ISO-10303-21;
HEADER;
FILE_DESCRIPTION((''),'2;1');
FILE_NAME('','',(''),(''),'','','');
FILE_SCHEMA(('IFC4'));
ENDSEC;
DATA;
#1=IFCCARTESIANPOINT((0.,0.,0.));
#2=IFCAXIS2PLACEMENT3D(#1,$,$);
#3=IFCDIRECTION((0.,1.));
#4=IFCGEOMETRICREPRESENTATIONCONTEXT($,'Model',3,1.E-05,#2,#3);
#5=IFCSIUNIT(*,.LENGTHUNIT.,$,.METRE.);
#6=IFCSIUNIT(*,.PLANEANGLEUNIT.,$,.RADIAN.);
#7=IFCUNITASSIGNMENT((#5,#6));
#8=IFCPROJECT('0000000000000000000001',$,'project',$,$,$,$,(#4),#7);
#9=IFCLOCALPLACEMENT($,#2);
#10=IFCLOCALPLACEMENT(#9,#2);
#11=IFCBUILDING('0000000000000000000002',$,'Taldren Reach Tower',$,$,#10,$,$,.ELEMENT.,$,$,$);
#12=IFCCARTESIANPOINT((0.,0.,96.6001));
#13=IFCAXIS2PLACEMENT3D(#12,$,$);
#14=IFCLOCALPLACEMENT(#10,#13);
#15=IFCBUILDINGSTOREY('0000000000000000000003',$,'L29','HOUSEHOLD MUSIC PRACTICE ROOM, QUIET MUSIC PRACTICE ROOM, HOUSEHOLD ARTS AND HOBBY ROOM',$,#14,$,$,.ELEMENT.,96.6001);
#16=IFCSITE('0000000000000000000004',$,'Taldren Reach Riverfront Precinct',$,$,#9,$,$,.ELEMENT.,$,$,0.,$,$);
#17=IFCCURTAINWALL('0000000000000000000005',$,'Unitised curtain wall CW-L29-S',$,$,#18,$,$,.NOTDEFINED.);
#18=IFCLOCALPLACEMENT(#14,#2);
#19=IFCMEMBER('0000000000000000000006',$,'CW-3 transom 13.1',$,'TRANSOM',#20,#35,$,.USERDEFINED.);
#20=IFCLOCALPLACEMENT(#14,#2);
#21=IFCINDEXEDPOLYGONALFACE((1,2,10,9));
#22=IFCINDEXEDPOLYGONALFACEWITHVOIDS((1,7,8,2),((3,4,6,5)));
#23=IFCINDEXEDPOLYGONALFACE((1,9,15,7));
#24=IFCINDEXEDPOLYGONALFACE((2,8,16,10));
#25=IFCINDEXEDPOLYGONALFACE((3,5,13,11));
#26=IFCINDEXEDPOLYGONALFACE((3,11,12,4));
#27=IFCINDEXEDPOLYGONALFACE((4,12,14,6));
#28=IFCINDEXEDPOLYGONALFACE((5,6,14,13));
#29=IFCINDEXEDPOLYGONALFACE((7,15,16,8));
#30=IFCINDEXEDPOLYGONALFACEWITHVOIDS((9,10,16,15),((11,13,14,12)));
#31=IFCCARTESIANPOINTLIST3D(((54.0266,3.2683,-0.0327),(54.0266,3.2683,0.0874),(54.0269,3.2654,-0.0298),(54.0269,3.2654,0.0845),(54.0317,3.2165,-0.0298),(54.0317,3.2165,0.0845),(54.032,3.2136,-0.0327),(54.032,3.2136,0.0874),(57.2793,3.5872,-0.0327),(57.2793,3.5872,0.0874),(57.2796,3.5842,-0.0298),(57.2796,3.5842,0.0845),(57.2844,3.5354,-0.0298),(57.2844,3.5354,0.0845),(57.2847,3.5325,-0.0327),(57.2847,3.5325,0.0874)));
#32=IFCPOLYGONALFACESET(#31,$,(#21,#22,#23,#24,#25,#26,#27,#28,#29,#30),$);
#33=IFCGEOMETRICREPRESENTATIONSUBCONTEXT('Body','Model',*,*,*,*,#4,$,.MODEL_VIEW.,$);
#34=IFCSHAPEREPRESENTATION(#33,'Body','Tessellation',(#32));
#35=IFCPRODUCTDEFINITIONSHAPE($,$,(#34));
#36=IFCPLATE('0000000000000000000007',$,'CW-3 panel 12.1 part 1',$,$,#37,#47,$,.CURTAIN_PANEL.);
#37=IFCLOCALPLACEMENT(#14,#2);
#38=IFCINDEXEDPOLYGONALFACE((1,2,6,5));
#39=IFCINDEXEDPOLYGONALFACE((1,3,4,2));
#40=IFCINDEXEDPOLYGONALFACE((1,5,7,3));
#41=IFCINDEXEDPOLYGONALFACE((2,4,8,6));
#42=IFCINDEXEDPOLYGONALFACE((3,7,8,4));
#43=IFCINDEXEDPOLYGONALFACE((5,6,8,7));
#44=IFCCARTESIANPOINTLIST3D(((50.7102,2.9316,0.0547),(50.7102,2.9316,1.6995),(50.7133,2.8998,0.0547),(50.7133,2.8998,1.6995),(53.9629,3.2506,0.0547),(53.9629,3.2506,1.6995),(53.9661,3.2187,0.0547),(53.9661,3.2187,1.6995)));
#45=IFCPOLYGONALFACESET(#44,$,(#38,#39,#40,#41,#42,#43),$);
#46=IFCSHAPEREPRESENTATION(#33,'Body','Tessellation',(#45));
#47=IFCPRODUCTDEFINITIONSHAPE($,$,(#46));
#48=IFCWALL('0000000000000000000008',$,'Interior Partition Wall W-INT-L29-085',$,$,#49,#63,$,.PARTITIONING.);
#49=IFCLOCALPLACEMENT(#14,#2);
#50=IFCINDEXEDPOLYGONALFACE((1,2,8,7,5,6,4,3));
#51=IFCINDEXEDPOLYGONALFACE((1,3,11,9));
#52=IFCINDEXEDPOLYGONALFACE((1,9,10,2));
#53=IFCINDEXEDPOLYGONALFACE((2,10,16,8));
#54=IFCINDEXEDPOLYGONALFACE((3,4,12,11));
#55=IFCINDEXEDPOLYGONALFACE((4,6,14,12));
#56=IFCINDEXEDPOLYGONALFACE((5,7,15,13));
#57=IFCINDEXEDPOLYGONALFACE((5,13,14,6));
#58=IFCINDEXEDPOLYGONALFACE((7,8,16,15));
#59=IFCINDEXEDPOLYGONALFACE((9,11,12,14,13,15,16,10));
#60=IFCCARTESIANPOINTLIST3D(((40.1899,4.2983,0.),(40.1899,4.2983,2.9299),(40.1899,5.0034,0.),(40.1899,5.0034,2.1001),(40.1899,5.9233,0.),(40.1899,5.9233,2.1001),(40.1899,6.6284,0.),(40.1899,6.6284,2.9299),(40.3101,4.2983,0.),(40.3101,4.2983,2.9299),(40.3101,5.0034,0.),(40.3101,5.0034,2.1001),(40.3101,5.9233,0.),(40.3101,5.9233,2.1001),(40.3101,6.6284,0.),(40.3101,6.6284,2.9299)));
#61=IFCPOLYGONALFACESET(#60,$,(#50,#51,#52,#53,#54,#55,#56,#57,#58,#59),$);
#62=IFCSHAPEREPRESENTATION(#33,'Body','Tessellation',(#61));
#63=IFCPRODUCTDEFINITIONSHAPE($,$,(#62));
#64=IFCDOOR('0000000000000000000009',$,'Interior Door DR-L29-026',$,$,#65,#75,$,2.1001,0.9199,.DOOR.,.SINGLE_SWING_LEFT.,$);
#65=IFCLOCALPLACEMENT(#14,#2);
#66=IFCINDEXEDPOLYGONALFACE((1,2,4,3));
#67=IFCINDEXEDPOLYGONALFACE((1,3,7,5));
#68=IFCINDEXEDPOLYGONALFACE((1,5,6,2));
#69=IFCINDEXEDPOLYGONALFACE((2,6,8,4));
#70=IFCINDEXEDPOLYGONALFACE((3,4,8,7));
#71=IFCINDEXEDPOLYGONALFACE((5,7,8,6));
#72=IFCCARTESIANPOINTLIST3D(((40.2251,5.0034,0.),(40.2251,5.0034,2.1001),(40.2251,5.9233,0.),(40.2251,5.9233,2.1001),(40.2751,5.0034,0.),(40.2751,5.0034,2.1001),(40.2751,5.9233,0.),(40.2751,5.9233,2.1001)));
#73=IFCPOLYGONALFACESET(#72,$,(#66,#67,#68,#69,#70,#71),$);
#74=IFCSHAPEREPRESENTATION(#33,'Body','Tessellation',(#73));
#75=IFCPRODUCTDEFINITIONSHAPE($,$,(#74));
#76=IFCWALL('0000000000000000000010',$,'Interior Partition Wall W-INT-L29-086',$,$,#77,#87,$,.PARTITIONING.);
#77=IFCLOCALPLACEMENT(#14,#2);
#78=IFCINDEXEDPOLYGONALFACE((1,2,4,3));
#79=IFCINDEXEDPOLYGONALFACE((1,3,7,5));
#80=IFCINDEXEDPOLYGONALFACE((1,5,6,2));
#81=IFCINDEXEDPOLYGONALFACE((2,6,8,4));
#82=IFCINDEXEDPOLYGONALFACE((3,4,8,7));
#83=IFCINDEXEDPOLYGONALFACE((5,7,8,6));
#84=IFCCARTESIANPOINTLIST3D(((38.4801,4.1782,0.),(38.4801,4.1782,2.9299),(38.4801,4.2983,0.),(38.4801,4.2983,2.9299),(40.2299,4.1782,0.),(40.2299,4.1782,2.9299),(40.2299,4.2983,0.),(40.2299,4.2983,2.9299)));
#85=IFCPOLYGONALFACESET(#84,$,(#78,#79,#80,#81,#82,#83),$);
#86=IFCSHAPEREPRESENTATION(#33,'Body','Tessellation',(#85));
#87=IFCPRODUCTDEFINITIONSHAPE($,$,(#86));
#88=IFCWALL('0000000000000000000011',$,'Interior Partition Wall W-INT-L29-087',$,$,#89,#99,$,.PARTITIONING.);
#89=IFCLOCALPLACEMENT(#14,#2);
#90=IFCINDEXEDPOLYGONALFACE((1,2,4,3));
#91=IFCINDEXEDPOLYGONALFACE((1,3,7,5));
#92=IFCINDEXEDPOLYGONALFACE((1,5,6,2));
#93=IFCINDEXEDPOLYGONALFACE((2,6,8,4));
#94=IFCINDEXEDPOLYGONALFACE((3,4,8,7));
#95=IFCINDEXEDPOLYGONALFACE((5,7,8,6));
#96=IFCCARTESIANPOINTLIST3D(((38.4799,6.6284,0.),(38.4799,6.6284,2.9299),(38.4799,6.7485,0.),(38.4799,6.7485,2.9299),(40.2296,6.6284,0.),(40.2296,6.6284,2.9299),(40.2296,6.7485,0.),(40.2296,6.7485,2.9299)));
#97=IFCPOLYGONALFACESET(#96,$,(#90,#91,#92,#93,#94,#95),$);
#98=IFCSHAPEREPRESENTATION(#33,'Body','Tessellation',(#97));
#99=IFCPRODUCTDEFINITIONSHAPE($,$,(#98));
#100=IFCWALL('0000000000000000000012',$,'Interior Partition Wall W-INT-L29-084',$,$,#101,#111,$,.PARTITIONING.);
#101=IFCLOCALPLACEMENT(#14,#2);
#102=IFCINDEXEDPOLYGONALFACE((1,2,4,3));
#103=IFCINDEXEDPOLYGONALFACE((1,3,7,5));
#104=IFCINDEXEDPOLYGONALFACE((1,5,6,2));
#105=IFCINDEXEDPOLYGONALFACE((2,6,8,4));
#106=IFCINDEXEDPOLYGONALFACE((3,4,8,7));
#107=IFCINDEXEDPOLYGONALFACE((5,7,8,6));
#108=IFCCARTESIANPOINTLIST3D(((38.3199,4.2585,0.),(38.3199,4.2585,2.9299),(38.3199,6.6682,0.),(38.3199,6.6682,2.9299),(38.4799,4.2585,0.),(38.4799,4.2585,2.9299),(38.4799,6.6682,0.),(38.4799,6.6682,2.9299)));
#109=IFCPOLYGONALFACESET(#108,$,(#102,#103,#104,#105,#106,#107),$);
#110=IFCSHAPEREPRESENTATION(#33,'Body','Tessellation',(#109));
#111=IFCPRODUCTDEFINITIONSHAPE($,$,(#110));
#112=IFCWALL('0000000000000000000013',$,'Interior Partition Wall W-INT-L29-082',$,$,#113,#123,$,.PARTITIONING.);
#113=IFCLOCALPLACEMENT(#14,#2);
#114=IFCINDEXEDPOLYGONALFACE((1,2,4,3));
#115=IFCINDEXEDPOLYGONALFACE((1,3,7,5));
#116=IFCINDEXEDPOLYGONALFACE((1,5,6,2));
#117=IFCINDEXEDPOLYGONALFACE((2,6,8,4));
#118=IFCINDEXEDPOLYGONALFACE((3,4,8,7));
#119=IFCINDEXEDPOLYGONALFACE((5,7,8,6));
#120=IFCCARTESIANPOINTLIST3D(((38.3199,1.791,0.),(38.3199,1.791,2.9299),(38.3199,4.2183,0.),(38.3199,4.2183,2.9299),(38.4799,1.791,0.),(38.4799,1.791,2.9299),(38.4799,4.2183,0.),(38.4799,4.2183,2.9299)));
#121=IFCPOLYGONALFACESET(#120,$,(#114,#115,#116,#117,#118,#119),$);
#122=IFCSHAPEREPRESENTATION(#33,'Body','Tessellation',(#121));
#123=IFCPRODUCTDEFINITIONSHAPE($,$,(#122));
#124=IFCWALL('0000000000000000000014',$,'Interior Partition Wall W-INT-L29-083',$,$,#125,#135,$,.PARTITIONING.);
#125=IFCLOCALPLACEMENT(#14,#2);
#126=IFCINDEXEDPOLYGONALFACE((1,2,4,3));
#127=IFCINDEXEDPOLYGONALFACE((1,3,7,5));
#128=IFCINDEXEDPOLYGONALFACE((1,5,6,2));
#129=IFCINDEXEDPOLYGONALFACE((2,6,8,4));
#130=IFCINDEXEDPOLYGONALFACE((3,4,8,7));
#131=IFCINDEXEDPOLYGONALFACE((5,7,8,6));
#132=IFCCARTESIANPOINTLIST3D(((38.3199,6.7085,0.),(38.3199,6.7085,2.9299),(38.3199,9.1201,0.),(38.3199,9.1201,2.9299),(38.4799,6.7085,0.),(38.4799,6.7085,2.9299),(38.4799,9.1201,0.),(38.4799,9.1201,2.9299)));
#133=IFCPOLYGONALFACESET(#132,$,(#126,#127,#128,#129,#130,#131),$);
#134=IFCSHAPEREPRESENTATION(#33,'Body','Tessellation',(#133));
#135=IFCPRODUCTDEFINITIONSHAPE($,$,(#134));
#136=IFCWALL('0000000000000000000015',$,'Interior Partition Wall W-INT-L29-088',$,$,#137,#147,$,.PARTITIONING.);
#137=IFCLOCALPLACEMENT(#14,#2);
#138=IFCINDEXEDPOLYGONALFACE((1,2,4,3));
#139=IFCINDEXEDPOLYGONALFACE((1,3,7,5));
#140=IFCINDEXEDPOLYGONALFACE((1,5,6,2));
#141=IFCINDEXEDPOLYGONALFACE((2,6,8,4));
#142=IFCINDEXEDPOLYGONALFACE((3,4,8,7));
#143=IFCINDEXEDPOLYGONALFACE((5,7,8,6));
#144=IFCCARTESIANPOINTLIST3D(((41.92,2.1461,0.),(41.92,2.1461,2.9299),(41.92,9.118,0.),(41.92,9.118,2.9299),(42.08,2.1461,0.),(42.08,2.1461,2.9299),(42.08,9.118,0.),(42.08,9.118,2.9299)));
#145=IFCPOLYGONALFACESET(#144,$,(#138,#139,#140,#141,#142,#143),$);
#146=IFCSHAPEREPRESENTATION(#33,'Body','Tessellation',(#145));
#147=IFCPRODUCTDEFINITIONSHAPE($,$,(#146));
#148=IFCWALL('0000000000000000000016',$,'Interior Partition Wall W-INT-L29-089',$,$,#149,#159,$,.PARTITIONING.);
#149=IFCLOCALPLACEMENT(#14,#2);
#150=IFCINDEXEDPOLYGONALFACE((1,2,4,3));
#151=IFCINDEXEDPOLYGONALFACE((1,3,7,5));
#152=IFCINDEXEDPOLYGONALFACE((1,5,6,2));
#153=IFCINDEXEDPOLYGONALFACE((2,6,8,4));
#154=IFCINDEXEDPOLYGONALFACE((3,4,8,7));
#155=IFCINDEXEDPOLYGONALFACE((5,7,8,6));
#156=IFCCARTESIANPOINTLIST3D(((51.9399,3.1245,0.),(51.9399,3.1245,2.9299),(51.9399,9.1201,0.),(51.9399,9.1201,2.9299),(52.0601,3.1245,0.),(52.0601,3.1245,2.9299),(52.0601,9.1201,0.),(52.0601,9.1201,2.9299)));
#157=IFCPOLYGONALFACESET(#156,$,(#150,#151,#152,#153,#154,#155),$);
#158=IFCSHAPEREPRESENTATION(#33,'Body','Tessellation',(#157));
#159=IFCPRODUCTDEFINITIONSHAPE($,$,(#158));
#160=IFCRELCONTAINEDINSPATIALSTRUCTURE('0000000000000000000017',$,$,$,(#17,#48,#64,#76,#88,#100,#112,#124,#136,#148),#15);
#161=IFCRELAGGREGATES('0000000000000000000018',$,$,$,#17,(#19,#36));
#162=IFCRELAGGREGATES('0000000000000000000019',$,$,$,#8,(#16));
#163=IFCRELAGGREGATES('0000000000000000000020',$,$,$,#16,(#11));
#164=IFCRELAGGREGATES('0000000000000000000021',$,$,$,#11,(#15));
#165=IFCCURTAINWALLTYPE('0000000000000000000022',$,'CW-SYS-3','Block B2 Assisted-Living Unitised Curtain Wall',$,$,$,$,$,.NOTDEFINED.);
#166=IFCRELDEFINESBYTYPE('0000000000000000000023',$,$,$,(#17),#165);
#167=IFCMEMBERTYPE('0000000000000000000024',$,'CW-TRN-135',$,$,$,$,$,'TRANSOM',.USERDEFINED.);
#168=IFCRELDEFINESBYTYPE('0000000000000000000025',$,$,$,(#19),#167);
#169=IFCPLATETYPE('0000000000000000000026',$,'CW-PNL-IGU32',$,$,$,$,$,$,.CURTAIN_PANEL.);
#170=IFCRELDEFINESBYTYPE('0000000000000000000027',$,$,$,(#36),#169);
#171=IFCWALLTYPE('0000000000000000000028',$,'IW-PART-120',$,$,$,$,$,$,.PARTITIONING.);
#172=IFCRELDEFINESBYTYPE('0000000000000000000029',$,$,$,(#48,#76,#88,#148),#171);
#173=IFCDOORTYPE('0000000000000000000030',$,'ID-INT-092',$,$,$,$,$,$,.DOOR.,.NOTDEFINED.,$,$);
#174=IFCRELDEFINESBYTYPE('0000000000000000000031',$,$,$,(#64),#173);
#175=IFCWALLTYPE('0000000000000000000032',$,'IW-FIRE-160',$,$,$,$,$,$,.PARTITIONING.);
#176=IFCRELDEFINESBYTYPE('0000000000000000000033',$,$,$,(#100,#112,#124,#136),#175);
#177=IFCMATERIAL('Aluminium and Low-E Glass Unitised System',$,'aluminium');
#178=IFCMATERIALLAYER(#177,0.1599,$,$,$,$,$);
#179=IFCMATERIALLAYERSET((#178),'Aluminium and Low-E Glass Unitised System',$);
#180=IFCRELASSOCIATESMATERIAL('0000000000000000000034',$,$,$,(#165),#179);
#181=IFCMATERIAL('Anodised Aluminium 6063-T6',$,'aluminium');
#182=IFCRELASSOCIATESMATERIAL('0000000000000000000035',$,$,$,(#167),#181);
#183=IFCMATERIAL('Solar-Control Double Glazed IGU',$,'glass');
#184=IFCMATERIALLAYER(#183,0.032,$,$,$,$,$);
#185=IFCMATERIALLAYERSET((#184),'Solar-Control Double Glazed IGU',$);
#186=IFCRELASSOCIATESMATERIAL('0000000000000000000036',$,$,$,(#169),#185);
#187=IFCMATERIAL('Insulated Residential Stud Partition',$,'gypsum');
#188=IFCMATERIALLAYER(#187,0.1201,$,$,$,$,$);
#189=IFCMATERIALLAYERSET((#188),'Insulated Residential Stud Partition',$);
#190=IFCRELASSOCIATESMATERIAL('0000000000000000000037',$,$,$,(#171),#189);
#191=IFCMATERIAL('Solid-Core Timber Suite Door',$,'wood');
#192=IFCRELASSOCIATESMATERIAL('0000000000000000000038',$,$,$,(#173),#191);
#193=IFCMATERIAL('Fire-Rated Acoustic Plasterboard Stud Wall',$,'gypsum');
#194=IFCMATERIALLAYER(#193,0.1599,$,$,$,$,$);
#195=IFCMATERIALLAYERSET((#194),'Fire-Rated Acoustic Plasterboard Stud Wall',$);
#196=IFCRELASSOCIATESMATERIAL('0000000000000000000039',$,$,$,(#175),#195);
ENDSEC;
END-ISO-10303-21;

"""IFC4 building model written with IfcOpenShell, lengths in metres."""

from ifc_helpers import new_model, si_unit, direction, frame, frame_2d, origin, origin_2d, place, context, subcontext, project, spatial, rectangle, hollow_rectangle, extrude, source, transform, mapped, material, layer, layer_set, material_profile, profile_set, type_object, element, fill, aggregate, save


model = new_model("IFC4")

# Units and contexts
model_context = context("Model", 3, precision=1e-05, world=origin(), true_north=direction((0.0, 1.0)))
body_context = subcontext(model_context, "Body", "Model", "MODEL_VIEW")
ifc_project = project(units=[si_unit("LENGTHUNIT", "METRE"), si_unit("PLANEANGLEUNIT", "RADIAN")], contexts=[model_context])

# Site, building, storey
site_placement = place(None, origin())
site = spatial("IfcSite", under=ifc_project, at=site_placement, Name="Taldren Reach Riverfront Precinct", CompositionType="ELEMENT", RefElevation=0.0)
building_placement = place(site_placement, origin())
building = spatial("IfcBuilding", under=site, at=building_placement, Name="Taldren Reach Tower", CompositionType="ELEMENT")
storey_placement = place(building_placement, frame((0.0, 0.0, 96.6001)))
storey = spatial("IfcBuildingStorey", under=building, at=storey_placement, Name="L29", Description="HOUSEHOLD MUSIC PRACTICE ROOM, QUIET MUSIC PRACTICE ROOM, HOUSEHOLD ARTS AND HOBBY ROOM", CompositionType="ELEMENT", Elevation=96.6001)

# Curtain wall, member, plate
ifc_material_1 = material(Name="Aluminium and Low-E Glass Unitised System", Category="aluminium")
ifc_layer_1 = layer(ifc_material_1, 0.1599)
ifc_layer_set_1 = layer_set([ifc_layer_1], Name="Aluminium and Low-E Glass Unitised System")
curtain_wall_type = type_object("IfcCurtainWallType", Name="CW-SYS-3", Description="Block B2 Assisted-Living Unitised Curtain Wall", PredefinedType="NOTDEFINED", material=ifc_layer_set_1)
curtain_wall_placement = place(storey_placement, origin())
curtain_wall = element("IfcCurtainWall", 1, at=curtain_wall_placement, inside=storey, type_object=curtain_wall_type, Name="Unitised curtain wall CW-L29-S", PredefinedType="NOTDEFINED")
ifc_material_2 = material(Name="Anodised Aluminium 6063-T6", Category="aluminium")
ifc_material_profile_1 = material_profile(ifc_material_2, hollow_rectangle(XDim=0.0549, YDim=0.1201, WallThickness=0.0029, at=origin_2d()), Name="ALU-120x55x3RHS")
ifc_profile_set_1 = profile_set([ifc_material_profile_1], Name="Anodised Aluminium 6063-T6")
member_type_1 = type_object("IfcMemberType", Name="CW-TRN-135", ElementType="TRANSOM", PredefinedType="USERDEFINED", material=ifc_profile_set_1)
shared_shape_1 = source(origin(), body_context, "Body", "SweptSolid", [
    extrude(hollow_rectangle(XDim=0.0549, YDim=0.1201, WallThickness=0.0029, at=origin_2d()), origin(), (0.0, 0.0, 1.0), 3.2683),
])
member_1_placement = place(storey_placement, frame((54.0293, 3.241, 0.0273), z_axis=(0.99523, 0.097558, 0.0), x_axis=(-0.097558, 0.99523, 0.0)))
member_1 = element("IfcMember", 2, at=member_1_placement, type_object=member_type_1, Name="CW-3 transom 13.1", ObjectType="TRANSOM", PredefinedType="USERDEFINED", context=body_context, shape_type="MappedRepresentation", body=[
    mapped(shared_shape_1, transform((0.0, 0.0, 0.0), scale=1.0)),
])
ifc_material_3 = material(Name="Solar-Control Double Glazed IGU", Category="glass")
ifc_layer_2 = layer(ifc_material_3, 0.032)
ifc_layer_set_2 = layer_set([ifc_layer_2], Name="Solar-Control Double Glazed IGU")
plate_type = type_object("IfcPlateType", Name="CW-PNL-IGU32", PredefinedType="CURTAIN_PANEL", material=ifc_layer_set_2)
shared_shape_2 = source(origin(), body_context, "Body", "SweptSolid", [
    extrude(rectangle(XDim=3.2683, YDim=0.032, at=origin_2d()), origin(), (0.0, 0.0, 1.0), 1.6448),
])
plate_placement = place(storey_placement, frame((52.3381, 3.0752, 0.0547), z_axis=(0.0, 0.0, 1.0), x_axis=(0.995227, 0.097583, 0.0)))
plate = element("IfcPlate", 3, at=plate_placement, type_object=plate_type, Name="CW-3 panel 12.1 part 1", PredefinedType="CURTAIN_PANEL", context=body_context, shape_type="MappedRepresentation", body=[
    mapped(shared_shape_2, transform((0.0, 0.0, 0.0), scale=1.0)),
])
aggregate(curtain_wall, [member_1, plate])

# Wall, opening, door
ifc_material_4 = material(Name="Insulated Residential Stud Partition", Category="gypsum")
ifc_layer_3 = layer(ifc_material_4, 0.1201)
ifc_layer_set_3 = layer_set([ifc_layer_3], Name="Insulated Residential Stud Partition")
wall_type_1 = type_object("IfcWallType", Name="IW-PART-120", PredefinedType="PARTITIONING", material=ifc_layer_set_3)
shared_shape_3 = source(origin(), body_context, "Body", "SweptSolid", [
    extrude(rectangle(XDim=2.3301, YDim=0.1201, at=frame_2d((1.165, 0.0))), origin(), (0.0, 0.0, 1.0), 2.9299),
])
wall_1_placement = place(storey_placement, frame((40.25, 4.2983, 0.0), z_axis=(0.0, 0.0, 1.0), x_axis=(0.0, 1.0, 0.0)))
wall_1 = element("IfcWall", 4, at=wall_1_placement, inside=storey, type_object=wall_type_1, Name="Interior Partition Wall W-INT-L29-085", PredefinedType="PARTITIONING", context=body_context, shape_type="MappedRepresentation", body=[
    mapped(shared_shape_3, transform((0.0, 0.0, 0.0), scale=1.0)),
])
shared_shape_4 = source(origin(), body_context, "Body", "SweptSolid", [
    extrude(rectangle(XDim=0.9199, YDim=2.1001, at=frame_2d((0.46, 1.05))), frame((0.0, 0.0701, 0.0), z_axis=(0.0, -1.0, 0.0), x_axis=(1.0, 0.0, 0.0)), (0.0, 0.0, 1.0), 0.1401),
])
opening_placement = place(wall_1_placement, frame((0.7051, 0.0, 0.0)))
opening = element("IfcOpeningElement", 5, at=opening_placement, cuts=wall_1, PredefinedType="OPENING", context=body_context, shape_type="MappedRepresentation", body=[
    mapped(shared_shape_4, transform((0.0, 0.0, 0.0), scale=1.0)),
])
ifc_material_5 = material(Name="Solid-Core Timber Suite Door", Category="wood")
door_type = type_object("IfcDoorType", Name="ID-INT-092", OperationType="NOTDEFINED", PredefinedType="DOOR", material=ifc_material_5)
shared_shape_5 = source(origin(), body_context, "Body", "SweptSolid", [
    extrude(rectangle(XDim=0.9199, YDim=2.1001, at=frame_2d((0.46, 1.05))), frame((0.0, 0.0249, 0.0), z_axis=(0.0, -1.0, 0.0), x_axis=(1.0, 0.0, 0.0)), (0.0, 0.0, 1.0), 0.05),
])
door_placement = place(opening_placement, origin())
door = element("IfcDoor", 6, at=door_placement, inside=storey, type_object=door_type, Name="Interior Door DR-L29-026", OperationType="SINGLE_SWING_LEFT", OverallHeight=2.1001, OverallWidth=0.9199, PredefinedType="DOOR", context=body_context, shape_type="MappedRepresentation", body=[
    mapped(shared_shape_5, transform((0.0, 0.0, 0.0), scale=1.0)),
])
fill(opening, door)

# Walls
shared_shape_6 = source(origin(), body_context, "Body", "SweptSolid", [
    extrude(rectangle(XDim=1.7498, YDim=0.1201, at=frame_2d((0.875, 0.0))), origin(), (0.0, 0.0, 1.0), 2.9299),
])
for number, where, z_axis, x_axis, name in (
    (7, (38.48, 4.2383, 0.0), (0.0, 0.0, 1.0), (1.0, 0.0, 0.0), "Interior Partition Wall W-INT-L29-086"),
    (8, (40.2297, 6.6885, 0.0), (0.0, 0.0, 1.0), (-1.0, 0.0, 0.0), "Interior Partition Wall W-INT-L29-087"),
):
    element("IfcWall", number, at=place(storey_placement, frame(where, z_axis=z_axis, x_axis=x_axis)), inside=storey, type_object=wall_type_1, Name=name, PredefinedType="PARTITIONING", context=body_context, shape_type="MappedRepresentation", body=[
        mapped(shared_shape_6, transform((0.0, 0.0, 0.0), scale=1.0)),
    ])
ifc_material_6 = material(Name="Fire-Rated Acoustic Plasterboard Stud Wall", Category="gypsum")
ifc_layer_4 = layer(ifc_material_6, 0.1599)
ifc_layer_set_4 = layer_set([ifc_layer_4], Name="Fire-Rated Acoustic Plasterboard Stud Wall")
wall_type_2 = type_object("IfcWallType", Name="IW-FIRE-160", PredefinedType="PARTITIONING", material=ifc_layer_set_4)
shared_shape_7 = source(origin(), body_context, "Body", "SweptSolid", [
    extrude(rectangle(XDim=2.4097, YDim=0.1599, at=frame_2d((1.2048, 0.0))), origin(), (0.0, 0.0, 1.0), 2.9299),
])
wall_2_placement = place(storey_placement, frame((38.3999, 6.6682, 0.0), z_axis=(0.0, 0.0, 1.0), x_axis=(0.0, -1.0, 0.0)))
element("IfcWall", 9, at=wall_2_placement, inside=storey, type_object=wall_type_2, Name="Interior Partition Wall W-INT-L29-084", PredefinedType="PARTITIONING", context=body_context, shape_type="MappedRepresentation", body=[
    mapped(shared_shape_7, transform((0.0, 0.0, 0.0), scale=1.0)),
])
shared_shape_8 = source(origin(), body_context, "Body", "SweptSolid", [
    extrude(rectangle(XDim=2.4272, YDim=0.1599, at=frame_2d((1.2136, 0.0))), origin(), (0.0, 0.0, 1.0), 2.9299),
])
wall_3_placement = place(storey_placement, frame((38.3999, 4.2183, 0.0), z_axis=(0.0, 0.0, 1.0), x_axis=(0.0, -1.0, 0.0)))
element("IfcWall", 10, at=wall_3_placement, inside=storey, type_object=wall_type_2, Name="Interior Partition Wall W-INT-L29-082", PredefinedType="PARTITIONING", context=body_context, shape_type="MappedRepresentation", body=[
    mapped(shared_shape_8, transform((0.0, 0.0, 0.0), scale=1.0)),
])
shared_shape_9 = source(origin(), body_context, "Body", "SweptSolid", [
    extrude(rectangle(XDim=2.4116, YDim=0.1599, at=frame_2d((1.2058, 0.0))), origin(), (0.0, 0.0, 1.0), 2.9299),
])
wall_4_placement = place(storey_placement, frame((38.3999, 9.1201, 0.0), z_axis=(0.0, 0.0, 1.0), x_axis=(0.0, -1.0, 0.0)))
element("IfcWall", 11, at=wall_4_placement, inside=storey, type_object=wall_type_2, Name="Interior Partition Wall W-INT-L29-083", PredefinedType="PARTITIONING", context=body_context, shape_type="MappedRepresentation", body=[
    mapped(shared_shape_9, transform((0.0, 0.0, 0.0), scale=1.0)),
])
shared_shape_10 = source(origin(), body_context, "Body", "SweptSolid", [
    extrude(rectangle(XDim=6.9719, YDim=0.1599, at=frame_2d((3.4858, 0.0))), origin(), (0.0, 0.0, 1.0), 2.9299),
])
wall_5_placement = place(storey_placement, frame((42.0, 9.1179, 0.0), z_axis=(0.0, 0.0, 1.0), x_axis=(0.0, -1.0, 0.0)))
element("IfcWall", 12, at=wall_5_placement, inside=storey, type_object=wall_type_2, Name="Interior Partition Wall W-INT-L29-088", PredefinedType="PARTITIONING", context=body_context, shape_type="MappedRepresentation", body=[
    mapped(shared_shape_10, transform((0.0, 0.0, 0.0), scale=1.0)),
])
shared_shape_11 = source(origin(), body_context, "Body", "SweptSolid", [
    extrude(rectangle(XDim=5.9956, YDim=0.1201, at=frame_2d((2.9978, 0.0))), origin(), (0.0, 0.0, 1.0), 2.9299),
])
wall_6_placement = place(storey_placement, frame((52.0, 9.1201, 0.0), z_axis=(0.0, 0.0, 1.0), x_axis=(0.0, -1.0, 0.0)))
element("IfcWall", 13, at=wall_6_placement, inside=storey, type_object=wall_type_1, Name="Interior Partition Wall W-INT-L29-089", PredefinedType="PARTITIONING", context=body_context, shape_type="MappedRepresentation", body=[
    mapped(shared_shape_11, transform((0.0, 0.0, 0.0), scale=1.0)),
])

save(model, "model.ifc")
